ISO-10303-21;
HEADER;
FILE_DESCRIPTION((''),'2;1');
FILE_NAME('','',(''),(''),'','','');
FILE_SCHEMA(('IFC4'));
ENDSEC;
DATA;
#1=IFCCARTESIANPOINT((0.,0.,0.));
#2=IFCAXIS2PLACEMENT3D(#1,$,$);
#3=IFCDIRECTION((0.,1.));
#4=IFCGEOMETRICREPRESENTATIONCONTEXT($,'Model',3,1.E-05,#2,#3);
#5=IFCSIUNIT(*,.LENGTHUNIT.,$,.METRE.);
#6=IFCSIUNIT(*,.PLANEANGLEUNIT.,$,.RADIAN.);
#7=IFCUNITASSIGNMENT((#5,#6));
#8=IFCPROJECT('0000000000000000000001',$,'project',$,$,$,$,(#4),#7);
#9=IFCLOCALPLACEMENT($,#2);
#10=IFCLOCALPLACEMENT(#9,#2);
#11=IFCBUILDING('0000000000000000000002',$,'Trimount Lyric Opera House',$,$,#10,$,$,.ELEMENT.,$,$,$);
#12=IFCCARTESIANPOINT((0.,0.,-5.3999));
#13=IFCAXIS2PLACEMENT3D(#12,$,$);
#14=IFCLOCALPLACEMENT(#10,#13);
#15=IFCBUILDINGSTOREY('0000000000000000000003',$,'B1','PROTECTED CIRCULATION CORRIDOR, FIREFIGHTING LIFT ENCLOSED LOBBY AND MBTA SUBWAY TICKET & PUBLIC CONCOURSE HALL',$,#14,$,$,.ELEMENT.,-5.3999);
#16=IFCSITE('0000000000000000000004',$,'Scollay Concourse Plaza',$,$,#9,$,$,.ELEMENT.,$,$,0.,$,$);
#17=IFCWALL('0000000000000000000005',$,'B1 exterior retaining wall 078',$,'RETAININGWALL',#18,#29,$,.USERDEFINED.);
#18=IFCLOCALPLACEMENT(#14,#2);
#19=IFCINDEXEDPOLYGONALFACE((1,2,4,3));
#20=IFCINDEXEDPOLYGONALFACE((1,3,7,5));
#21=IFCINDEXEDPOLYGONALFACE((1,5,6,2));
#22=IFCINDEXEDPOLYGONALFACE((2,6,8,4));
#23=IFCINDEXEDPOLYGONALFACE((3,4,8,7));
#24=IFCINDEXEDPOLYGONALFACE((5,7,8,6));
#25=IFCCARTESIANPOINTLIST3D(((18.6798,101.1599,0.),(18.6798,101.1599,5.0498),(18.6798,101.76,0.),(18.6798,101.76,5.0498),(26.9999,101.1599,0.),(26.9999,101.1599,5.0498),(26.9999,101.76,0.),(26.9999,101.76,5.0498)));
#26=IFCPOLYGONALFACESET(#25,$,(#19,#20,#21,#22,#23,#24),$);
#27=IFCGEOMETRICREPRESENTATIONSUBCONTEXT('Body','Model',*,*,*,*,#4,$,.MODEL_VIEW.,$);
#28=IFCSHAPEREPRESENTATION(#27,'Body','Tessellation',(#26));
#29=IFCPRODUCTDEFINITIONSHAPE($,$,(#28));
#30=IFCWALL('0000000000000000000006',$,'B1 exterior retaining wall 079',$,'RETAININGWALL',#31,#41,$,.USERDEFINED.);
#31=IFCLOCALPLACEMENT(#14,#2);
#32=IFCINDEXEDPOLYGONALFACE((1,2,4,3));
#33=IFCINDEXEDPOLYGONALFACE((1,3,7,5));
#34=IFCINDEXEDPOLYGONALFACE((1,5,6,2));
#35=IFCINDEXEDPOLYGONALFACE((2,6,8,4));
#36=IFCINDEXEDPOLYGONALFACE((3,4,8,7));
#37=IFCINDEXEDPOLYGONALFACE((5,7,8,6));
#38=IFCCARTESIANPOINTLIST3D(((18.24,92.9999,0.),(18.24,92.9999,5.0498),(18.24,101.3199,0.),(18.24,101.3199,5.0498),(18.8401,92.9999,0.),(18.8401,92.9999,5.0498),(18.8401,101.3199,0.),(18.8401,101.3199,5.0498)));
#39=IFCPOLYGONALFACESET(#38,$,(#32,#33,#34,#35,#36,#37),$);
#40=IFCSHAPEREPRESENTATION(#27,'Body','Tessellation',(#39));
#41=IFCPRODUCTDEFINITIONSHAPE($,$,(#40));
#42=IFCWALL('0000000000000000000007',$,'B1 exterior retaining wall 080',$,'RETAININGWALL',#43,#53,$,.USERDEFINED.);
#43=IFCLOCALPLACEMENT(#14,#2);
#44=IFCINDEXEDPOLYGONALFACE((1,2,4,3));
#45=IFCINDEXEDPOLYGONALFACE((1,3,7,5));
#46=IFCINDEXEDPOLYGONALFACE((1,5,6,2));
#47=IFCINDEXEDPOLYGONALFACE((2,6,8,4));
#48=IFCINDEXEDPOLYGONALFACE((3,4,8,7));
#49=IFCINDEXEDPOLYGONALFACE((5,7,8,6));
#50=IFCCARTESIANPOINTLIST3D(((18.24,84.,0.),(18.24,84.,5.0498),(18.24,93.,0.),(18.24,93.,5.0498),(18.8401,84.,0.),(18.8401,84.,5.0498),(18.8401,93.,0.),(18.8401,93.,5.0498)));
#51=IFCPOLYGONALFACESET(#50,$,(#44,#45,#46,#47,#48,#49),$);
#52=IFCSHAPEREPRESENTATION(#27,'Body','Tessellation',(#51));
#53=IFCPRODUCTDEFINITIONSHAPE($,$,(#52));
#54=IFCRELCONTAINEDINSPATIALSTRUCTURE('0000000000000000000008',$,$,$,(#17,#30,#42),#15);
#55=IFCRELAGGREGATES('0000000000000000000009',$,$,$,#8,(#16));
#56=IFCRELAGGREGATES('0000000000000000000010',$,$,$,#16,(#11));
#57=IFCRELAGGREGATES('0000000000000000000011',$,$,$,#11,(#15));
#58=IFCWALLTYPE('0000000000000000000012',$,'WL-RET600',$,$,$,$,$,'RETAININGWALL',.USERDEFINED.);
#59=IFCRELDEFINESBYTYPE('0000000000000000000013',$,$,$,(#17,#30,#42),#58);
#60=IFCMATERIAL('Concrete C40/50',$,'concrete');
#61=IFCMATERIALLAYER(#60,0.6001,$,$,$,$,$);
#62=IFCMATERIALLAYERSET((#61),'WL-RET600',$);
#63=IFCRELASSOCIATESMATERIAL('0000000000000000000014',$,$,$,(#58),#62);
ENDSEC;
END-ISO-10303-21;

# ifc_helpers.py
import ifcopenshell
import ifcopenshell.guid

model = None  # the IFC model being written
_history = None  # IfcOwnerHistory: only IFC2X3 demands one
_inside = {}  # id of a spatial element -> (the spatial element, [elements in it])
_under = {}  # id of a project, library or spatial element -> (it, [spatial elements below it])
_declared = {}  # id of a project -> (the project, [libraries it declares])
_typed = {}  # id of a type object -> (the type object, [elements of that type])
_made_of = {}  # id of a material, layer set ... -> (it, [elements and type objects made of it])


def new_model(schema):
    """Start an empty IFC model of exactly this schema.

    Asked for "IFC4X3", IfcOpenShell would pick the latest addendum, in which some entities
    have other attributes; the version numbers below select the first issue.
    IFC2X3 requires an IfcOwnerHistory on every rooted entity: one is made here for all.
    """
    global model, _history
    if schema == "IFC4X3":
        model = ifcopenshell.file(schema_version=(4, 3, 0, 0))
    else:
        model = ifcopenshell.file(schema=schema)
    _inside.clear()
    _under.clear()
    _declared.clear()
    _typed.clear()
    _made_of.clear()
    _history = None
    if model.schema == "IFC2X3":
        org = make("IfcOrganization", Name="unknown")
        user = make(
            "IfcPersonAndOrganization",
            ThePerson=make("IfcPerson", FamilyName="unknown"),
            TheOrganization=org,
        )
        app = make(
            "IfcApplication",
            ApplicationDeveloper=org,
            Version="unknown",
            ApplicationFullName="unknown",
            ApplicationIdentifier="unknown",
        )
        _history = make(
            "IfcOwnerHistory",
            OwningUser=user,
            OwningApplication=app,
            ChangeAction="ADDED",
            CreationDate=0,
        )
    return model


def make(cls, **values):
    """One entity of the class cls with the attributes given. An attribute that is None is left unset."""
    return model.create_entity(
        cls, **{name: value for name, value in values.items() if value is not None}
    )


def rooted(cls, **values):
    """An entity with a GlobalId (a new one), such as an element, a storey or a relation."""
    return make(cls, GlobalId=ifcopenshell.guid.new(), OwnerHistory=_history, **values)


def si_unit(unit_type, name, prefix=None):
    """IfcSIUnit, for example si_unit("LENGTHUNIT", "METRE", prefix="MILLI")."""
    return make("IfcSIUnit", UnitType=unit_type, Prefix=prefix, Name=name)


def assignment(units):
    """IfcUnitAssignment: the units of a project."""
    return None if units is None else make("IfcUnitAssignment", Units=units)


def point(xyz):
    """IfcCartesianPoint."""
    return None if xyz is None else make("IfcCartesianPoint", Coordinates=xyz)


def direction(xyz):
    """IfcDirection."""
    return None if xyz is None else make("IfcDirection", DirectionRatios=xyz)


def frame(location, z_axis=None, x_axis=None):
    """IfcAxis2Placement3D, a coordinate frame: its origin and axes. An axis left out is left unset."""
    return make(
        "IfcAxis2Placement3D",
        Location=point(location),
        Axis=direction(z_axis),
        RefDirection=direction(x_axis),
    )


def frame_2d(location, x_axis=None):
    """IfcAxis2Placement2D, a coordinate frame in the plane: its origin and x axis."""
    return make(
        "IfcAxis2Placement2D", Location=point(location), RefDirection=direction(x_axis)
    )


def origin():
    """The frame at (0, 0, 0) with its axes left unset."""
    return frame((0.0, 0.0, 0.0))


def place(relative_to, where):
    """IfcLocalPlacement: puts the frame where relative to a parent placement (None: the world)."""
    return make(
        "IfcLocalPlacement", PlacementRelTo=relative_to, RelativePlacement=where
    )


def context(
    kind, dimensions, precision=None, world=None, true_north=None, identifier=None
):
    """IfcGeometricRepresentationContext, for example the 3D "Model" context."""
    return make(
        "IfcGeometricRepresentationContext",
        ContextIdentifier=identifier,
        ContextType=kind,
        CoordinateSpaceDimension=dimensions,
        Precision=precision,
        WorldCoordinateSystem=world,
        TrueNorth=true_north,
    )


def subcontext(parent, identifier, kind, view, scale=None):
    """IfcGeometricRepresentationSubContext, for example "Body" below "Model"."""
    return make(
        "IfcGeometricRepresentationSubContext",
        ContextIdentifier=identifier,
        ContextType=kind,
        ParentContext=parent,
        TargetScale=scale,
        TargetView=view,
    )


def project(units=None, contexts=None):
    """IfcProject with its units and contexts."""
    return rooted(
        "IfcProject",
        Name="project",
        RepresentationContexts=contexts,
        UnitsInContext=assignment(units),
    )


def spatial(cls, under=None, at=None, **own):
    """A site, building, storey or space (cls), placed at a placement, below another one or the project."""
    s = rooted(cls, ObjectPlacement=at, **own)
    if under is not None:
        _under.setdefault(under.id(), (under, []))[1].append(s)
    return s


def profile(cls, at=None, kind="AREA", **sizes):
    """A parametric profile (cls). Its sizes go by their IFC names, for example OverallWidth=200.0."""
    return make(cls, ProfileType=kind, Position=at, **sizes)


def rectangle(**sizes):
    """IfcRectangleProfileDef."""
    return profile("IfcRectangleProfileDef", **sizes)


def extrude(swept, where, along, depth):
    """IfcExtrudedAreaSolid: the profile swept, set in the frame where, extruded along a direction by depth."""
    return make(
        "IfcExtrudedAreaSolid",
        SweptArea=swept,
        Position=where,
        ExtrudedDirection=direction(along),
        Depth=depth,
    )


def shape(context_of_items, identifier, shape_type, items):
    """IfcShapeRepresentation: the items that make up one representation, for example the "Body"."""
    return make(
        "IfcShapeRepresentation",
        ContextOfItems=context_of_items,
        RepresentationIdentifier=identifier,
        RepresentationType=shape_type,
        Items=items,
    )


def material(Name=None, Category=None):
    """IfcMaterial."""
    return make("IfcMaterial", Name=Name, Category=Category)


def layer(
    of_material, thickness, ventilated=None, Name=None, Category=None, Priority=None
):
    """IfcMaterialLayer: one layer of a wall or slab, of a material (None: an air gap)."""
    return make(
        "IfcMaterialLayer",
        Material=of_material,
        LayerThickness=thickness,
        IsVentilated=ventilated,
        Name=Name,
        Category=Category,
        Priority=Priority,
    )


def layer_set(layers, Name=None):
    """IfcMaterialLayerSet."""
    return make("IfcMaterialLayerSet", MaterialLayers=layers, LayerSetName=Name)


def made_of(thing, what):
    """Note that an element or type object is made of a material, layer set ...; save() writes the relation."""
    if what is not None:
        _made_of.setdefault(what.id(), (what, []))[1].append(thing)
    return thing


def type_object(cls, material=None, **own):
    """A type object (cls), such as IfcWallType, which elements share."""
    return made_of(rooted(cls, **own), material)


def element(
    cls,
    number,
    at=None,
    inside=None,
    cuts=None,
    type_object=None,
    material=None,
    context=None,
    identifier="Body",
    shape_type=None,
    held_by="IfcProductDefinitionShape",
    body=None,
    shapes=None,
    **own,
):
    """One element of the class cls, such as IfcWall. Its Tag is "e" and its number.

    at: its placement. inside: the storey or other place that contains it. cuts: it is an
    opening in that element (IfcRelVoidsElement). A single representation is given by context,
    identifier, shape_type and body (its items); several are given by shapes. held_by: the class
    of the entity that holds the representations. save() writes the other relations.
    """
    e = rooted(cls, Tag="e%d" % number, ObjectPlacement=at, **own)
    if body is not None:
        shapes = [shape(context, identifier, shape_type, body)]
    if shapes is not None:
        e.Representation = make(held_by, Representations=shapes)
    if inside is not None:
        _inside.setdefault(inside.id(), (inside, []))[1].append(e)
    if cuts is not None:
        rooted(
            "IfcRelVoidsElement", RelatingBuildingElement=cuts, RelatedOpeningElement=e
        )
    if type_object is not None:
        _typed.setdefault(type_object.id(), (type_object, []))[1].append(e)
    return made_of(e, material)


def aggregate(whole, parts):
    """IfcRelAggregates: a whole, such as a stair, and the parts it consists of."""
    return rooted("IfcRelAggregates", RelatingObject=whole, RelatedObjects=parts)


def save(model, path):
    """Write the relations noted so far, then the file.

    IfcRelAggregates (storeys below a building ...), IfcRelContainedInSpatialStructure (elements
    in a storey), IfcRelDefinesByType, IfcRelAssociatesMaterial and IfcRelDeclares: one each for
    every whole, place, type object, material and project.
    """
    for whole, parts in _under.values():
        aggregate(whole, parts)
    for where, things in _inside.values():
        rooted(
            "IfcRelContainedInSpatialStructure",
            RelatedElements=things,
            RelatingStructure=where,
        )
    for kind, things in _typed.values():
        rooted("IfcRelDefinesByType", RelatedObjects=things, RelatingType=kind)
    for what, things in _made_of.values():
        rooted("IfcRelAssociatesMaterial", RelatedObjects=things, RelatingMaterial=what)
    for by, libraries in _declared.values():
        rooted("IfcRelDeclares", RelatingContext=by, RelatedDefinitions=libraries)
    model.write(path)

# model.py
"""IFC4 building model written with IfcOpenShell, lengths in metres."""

from ifc_helpers import new_model, si_unit, direction, frame, frame_2d, origin, place, context, subcontext, project, spatial, rectangle, extrude, material, layer, layer_set, type_object, element, save


model = new_model("IFC4")

# Units and contexts
model_context = context("Model", 3, precision=1e-05, world=origin(), true_north=direction((0.0, 1.0)))
body_context = subcontext(model_context, "Body", "Model", "MODEL_VIEW")
ifc_project = project(units=[si_unit("LENGTHUNIT", "METRE"), si_unit("PLANEANGLEUNIT", "RADIAN")], contexts=[model_context])

# Site, building, storey
site_placement = place(None, origin())
site = spatial("IfcSite", under=ifc_project, at=site_placement, Name="Scollay Concourse Plaza", CompositionType="ELEMENT", RefElevation=0.0)
building_placement = place(site_placement, origin())
building = spatial("IfcBuilding", under=site, at=building_placement, Name="Trimount Lyric Opera House", CompositionType="ELEMENT")
storey_placement = place(building_placement, frame((0.0, 0.0, -5.3999)))
storey = spatial("IfcBuildingStorey", under=building, at=storey_placement, Name="B1", Description="PROTECTED CIRCULATION CORRIDOR, FIREFIGHTING LIFT ENCLOSED LOBBY AND MBTA SUBWAY TICKET & PUBLIC CONCOURSE HALL", CompositionType="ELEMENT", Elevation=-5.3999)

# Walls
ifc_material_1 = material(Name="Concrete C40/50", Category="concrete")
ifc_layer_1 = layer(ifc_material_1, 0.6001)
ifc_layer_set_1 = layer_set([ifc_layer_1], Name="WL-RET600")
wall_type_1 = type_object("IfcWallType", Name="WL-RET600", ElementType="RETAININGWALL", PredefinedType="USERDEFINED", material=ifc_layer_set_1)
for number, where, z_axis, x_axis, name in (
    (1, (27.0, 101.46, 0.0), (0.0, 0.0, 1.0), (-1.0, 0.0, 0.0), "B1 exterior retaining wall 078"),
    (2, (18.54, 101.3201, 0.0), (0.0, 0.0, 1.0), (0.0, -1.0, 0.0), "B1 exterior retaining wall 079"),
):
    element("IfcWall", number, at=place(storey_placement, frame(where, z_axis=z_axis, x_axis=x_axis)), inside=storey, type_object=wall_type_1, Name=name, ObjectType="RETAININGWALL", PredefinedType="USERDEFINED", context=body_context, shape_type="SweptSolid", body=[
        extrude(rectangle(XDim=8.3201, YDim=0.6001, at=frame_2d((4.1602, 0.0))), origin(), (0.0, 0.0, 1.0), 5.0498),
    ])
wall_1_placement = place(storey_placement, frame((18.54, 93.0, 0.0), z_axis=(0.0, 0.0, 1.0), x_axis=(0.0, -1.0, 0.0)))
element("IfcWall", 3, at=wall_1_placement, inside=storey, type_object=wall_type_1, Name="B1 exterior retaining wall 080", ObjectType="RETAININGWALL", PredefinedType="USERDEFINED", context=body_context, shape_type="SweptSolid", body=[
    extrude(rectangle(XDim=9.0, YDim=0.6001, at=frame_2d((4.5, 0.0))), origin(), (0.0, 0.0, 1.0), 5.0498),
])

save(model, "model.ifc")
